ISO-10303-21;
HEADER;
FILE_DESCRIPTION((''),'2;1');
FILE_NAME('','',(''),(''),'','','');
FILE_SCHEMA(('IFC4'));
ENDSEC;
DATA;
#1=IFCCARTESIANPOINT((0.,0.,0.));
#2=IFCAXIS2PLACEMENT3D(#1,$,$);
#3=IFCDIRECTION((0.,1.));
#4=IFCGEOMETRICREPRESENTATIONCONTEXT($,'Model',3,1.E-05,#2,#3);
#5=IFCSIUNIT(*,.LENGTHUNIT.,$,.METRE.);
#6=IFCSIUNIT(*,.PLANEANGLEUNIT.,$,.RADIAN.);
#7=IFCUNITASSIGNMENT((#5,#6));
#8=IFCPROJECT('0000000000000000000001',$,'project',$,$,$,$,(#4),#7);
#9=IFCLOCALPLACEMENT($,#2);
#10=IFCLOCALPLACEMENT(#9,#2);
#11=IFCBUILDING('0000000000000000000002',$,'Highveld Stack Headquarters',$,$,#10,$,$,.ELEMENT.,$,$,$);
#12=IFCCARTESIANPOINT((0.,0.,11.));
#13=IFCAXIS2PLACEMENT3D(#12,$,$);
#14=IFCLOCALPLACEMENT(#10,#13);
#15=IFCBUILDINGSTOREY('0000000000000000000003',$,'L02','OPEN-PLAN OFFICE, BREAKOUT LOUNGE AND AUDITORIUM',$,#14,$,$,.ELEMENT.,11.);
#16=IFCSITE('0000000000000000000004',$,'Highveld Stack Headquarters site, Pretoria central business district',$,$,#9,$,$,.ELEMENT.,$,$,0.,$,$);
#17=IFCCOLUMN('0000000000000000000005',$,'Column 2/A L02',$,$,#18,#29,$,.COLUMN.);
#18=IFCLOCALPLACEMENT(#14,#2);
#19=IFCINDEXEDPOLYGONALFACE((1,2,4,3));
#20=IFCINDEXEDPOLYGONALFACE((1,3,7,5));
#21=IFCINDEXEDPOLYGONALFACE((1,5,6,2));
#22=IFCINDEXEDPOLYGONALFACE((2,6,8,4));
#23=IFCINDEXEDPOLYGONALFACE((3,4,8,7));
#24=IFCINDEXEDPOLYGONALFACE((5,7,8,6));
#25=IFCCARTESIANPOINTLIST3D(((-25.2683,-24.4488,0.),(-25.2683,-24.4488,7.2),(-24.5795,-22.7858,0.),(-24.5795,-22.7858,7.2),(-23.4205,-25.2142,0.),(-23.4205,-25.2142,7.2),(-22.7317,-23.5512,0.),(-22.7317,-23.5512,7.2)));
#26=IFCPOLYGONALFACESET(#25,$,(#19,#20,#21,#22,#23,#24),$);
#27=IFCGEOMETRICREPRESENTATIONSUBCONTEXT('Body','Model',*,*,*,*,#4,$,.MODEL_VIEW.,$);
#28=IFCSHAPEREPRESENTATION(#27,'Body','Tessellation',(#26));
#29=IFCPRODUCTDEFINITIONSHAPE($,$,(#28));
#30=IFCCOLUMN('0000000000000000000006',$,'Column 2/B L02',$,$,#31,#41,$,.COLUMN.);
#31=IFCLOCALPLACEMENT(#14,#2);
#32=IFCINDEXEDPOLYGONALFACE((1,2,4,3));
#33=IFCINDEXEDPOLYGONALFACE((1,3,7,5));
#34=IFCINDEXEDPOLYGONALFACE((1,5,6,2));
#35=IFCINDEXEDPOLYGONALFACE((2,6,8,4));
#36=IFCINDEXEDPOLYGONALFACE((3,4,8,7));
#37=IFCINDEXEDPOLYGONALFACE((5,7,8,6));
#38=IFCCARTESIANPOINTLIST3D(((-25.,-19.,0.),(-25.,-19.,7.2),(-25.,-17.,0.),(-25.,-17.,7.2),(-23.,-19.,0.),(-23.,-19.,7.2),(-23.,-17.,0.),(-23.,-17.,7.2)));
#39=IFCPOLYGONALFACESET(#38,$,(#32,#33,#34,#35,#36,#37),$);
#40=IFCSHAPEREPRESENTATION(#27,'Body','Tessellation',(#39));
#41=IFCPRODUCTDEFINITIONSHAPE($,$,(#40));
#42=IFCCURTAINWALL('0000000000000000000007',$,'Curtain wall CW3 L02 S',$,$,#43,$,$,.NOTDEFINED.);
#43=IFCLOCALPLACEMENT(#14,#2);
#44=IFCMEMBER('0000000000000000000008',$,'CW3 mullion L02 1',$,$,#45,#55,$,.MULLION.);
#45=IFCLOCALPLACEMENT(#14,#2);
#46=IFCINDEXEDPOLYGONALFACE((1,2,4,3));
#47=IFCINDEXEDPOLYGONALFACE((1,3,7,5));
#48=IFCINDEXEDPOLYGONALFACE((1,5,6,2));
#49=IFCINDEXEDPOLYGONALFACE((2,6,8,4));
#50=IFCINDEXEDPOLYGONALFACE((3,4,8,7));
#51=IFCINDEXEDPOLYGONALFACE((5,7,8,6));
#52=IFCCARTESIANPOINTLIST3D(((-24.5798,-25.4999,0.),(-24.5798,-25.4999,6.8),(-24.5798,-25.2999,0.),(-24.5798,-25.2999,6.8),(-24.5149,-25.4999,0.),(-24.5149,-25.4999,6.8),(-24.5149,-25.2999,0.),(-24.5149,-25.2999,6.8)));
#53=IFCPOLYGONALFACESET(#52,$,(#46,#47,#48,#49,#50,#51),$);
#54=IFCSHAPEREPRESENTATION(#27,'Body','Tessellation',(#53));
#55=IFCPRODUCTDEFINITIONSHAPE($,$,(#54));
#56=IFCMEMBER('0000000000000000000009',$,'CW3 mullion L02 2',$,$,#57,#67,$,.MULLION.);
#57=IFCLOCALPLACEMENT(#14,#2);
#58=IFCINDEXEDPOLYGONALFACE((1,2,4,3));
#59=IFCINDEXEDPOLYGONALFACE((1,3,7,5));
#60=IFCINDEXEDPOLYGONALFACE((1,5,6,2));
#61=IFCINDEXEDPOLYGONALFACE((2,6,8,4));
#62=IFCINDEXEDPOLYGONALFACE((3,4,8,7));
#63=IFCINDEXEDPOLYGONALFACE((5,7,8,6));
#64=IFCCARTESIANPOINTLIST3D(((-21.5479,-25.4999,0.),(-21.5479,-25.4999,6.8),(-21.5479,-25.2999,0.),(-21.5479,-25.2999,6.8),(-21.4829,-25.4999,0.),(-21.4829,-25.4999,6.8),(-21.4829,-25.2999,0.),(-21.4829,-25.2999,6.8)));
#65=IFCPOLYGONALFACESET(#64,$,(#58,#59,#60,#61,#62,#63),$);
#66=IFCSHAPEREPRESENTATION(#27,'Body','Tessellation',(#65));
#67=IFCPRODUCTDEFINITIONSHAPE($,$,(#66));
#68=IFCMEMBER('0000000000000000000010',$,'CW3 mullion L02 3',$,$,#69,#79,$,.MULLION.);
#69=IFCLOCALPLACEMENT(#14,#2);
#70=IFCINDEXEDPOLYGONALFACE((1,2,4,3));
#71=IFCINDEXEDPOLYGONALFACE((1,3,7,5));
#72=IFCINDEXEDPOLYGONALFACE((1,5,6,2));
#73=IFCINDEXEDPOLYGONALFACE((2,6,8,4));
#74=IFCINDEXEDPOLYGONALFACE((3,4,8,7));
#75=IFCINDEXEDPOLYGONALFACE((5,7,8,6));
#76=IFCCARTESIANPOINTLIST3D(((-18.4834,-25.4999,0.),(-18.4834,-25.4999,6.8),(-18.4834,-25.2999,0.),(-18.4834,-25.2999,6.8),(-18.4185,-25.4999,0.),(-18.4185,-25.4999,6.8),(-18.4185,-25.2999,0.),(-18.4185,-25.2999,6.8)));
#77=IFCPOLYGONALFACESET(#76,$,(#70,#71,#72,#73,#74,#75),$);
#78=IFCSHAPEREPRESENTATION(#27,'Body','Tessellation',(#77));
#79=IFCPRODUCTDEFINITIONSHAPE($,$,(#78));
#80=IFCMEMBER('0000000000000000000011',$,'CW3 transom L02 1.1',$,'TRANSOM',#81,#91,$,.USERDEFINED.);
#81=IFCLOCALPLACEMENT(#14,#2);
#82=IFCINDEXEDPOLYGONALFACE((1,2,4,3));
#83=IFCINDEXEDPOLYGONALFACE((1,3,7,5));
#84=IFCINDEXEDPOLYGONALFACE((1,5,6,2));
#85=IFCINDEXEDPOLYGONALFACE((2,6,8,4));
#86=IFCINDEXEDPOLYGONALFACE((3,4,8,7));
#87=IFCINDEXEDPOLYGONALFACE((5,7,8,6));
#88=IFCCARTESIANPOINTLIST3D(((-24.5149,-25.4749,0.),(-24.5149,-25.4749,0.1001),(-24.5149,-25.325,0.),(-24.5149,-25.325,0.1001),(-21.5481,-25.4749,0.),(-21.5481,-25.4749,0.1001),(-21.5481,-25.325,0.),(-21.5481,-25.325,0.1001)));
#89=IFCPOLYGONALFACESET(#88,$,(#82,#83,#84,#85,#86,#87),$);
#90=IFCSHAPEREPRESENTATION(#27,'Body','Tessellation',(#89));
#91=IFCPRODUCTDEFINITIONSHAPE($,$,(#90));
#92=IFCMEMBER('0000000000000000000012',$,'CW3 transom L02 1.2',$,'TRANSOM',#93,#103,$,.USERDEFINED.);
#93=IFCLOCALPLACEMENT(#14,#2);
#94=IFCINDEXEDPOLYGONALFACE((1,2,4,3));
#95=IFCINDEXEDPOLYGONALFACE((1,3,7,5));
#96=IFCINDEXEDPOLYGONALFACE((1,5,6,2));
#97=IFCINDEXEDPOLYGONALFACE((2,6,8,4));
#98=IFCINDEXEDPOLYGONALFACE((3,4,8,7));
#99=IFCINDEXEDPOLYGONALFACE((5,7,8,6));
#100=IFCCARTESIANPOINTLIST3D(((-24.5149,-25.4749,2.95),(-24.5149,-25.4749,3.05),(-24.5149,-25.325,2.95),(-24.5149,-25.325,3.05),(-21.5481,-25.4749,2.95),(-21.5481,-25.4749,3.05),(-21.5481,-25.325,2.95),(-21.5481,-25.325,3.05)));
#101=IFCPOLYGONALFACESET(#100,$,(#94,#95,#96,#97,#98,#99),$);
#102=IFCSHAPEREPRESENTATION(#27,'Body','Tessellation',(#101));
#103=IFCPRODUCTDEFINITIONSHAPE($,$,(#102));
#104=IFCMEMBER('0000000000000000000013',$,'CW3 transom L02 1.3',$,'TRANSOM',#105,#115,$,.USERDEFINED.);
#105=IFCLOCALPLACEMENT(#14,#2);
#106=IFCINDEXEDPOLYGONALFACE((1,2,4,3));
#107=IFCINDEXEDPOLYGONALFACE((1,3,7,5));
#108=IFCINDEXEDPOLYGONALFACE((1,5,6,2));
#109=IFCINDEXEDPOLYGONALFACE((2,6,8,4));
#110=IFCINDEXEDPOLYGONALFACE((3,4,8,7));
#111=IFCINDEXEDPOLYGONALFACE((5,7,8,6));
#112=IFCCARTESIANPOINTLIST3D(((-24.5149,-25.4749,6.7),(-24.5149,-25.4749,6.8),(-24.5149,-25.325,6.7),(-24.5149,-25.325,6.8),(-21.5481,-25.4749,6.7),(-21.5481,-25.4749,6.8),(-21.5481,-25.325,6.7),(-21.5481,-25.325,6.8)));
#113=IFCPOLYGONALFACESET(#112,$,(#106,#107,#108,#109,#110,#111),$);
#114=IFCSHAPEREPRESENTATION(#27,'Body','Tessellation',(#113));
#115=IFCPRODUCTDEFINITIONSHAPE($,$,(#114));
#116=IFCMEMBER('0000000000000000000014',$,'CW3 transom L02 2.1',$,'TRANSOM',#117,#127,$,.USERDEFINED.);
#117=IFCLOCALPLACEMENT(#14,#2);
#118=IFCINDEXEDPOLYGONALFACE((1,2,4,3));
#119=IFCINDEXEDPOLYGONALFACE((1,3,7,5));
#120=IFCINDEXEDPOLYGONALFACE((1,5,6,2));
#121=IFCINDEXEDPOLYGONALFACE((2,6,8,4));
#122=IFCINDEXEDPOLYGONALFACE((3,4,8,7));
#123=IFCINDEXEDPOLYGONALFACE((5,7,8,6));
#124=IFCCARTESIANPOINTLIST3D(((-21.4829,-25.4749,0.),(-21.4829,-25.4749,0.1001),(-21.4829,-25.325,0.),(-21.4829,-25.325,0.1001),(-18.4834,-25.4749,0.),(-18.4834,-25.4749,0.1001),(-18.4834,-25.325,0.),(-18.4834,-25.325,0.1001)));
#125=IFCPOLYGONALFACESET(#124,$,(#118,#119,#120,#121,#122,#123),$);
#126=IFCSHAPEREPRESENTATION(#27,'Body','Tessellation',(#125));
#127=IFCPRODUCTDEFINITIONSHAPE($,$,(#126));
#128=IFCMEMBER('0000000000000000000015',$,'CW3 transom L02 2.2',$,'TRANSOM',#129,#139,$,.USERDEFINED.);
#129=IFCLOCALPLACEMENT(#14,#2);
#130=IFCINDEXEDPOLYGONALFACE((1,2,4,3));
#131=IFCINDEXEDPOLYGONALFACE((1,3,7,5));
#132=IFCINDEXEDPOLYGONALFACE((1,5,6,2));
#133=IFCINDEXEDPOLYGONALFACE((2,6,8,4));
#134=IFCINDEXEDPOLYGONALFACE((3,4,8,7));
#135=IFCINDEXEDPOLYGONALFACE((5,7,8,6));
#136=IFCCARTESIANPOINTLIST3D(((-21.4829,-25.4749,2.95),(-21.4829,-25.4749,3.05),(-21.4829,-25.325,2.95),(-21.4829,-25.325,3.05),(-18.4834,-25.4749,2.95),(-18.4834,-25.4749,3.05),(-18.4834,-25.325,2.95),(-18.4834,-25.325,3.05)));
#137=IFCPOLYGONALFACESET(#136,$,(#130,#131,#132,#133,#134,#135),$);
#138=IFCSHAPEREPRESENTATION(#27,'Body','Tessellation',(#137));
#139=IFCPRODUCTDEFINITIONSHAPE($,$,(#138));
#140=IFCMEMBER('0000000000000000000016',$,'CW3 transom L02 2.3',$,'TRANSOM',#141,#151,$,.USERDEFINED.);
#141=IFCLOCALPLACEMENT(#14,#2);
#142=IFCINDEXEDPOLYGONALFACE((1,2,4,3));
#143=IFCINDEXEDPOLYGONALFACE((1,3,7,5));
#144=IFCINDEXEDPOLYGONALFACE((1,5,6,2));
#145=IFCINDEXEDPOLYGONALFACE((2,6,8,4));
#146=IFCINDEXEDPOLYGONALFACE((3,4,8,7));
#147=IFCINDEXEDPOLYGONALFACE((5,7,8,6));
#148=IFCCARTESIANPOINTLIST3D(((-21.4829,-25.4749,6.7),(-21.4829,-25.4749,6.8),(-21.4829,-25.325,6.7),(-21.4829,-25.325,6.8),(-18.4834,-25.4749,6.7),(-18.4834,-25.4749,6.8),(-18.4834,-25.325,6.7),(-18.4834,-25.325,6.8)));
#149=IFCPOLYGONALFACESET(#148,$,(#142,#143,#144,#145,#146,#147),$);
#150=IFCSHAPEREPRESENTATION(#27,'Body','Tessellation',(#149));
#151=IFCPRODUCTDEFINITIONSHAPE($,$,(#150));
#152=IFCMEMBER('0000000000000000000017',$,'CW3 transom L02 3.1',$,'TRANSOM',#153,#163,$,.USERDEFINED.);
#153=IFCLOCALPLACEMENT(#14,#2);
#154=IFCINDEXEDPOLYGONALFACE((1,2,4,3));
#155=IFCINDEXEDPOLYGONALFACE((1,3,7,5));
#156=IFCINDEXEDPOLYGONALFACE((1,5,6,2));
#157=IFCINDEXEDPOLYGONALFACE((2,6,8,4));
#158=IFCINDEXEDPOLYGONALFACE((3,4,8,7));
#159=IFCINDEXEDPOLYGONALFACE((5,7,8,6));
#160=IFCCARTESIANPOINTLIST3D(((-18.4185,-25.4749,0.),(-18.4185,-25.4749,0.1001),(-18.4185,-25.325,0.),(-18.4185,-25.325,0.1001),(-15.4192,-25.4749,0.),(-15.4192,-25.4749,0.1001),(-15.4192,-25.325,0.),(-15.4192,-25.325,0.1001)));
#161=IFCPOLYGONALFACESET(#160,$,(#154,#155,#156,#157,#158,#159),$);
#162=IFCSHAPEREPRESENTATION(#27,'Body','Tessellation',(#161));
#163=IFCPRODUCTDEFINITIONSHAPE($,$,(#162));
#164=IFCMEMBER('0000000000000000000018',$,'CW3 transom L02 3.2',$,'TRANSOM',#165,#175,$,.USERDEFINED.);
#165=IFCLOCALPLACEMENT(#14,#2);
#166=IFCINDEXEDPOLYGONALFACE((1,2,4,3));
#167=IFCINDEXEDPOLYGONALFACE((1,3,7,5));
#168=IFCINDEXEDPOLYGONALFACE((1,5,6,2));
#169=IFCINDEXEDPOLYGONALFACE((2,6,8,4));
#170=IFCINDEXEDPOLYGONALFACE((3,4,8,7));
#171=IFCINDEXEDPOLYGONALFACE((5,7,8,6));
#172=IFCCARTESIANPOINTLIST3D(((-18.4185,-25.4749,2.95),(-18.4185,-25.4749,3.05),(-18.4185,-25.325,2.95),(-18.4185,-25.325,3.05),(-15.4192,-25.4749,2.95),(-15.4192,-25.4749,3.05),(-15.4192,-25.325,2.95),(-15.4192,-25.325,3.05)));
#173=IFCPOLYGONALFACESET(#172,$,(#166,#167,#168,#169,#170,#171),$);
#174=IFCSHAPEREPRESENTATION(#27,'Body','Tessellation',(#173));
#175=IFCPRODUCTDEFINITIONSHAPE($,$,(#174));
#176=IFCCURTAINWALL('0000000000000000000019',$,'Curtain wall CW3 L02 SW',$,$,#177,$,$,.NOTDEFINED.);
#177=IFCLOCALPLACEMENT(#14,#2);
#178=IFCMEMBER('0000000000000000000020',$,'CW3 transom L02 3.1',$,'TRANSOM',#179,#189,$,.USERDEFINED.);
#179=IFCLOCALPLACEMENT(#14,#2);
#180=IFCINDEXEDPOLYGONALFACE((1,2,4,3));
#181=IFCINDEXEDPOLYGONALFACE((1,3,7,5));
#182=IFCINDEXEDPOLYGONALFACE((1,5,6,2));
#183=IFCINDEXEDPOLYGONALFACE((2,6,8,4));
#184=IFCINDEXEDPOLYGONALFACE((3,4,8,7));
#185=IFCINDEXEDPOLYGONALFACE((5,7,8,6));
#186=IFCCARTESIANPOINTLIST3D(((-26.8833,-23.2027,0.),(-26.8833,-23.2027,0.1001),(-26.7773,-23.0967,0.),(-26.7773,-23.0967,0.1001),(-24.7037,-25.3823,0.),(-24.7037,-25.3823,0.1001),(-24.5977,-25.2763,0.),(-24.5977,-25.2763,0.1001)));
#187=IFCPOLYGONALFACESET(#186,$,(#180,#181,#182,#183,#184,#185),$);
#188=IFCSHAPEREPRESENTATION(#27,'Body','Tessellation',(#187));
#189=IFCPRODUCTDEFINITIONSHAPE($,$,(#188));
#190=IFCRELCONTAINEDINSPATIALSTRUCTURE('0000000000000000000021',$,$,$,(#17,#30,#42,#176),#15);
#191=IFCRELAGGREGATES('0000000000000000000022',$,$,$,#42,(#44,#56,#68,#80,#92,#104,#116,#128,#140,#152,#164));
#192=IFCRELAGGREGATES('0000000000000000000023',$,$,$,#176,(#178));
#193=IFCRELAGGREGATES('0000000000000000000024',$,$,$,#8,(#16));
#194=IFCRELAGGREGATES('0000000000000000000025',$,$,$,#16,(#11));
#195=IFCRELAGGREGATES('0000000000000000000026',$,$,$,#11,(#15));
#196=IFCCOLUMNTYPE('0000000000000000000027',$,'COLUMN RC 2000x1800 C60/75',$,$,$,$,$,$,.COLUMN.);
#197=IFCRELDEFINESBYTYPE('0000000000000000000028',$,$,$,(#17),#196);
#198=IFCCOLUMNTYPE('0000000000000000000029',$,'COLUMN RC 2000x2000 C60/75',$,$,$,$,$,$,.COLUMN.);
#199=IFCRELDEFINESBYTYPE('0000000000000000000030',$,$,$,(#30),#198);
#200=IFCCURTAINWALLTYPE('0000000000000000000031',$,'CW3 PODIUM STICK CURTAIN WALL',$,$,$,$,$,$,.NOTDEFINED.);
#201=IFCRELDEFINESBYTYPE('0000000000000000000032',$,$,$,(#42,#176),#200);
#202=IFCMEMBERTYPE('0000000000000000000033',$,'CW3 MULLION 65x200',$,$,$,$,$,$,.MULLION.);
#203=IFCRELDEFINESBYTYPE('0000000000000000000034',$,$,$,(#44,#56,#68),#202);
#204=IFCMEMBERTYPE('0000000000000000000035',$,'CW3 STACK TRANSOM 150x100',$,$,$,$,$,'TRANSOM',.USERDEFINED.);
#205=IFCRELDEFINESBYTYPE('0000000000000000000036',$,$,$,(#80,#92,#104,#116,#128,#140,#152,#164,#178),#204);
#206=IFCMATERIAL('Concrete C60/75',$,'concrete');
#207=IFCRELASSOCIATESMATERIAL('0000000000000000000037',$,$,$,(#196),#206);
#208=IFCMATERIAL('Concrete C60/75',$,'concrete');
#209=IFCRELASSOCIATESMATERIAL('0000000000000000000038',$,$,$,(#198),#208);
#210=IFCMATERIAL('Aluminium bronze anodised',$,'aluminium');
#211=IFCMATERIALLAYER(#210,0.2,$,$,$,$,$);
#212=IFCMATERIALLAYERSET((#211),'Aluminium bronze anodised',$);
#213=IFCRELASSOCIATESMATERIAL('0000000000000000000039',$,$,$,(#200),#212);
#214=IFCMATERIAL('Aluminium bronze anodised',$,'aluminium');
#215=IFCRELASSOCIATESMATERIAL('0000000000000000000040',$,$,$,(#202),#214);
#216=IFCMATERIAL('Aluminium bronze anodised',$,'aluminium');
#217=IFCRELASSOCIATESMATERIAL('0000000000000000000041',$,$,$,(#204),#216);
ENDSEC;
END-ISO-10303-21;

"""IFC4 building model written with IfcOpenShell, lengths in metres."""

from ifc_helpers import new_model, si_unit, direction, frame, origin, origin_2d, place, context, subcontext, project, spatial, rectangle, extrude, material, layer, layer_set, material_profile, profile_set, type_object, element, aggregate, save


model = new_model("IFC4")

# Units and contexts
model_context = context("Model", 3, precision=1e-05, world=origin(), true_north=direction((0.0, 1.0)))
body_context = subcontext(model_context, "Body", "Model", "MODEL_VIEW")
ifc_project = project(units=[si_unit("LENGTHUNIT", "METRE"), si_unit("PLANEANGLEUNIT", "RADIAN")], contexts=[model_context])

# Site, building, storey
site_placement = place(None, origin())
site = spatial("IfcSite", under=ifc_project, at=site_placement, Name="Highveld Stack Headquarters site, Pretoria central business district", CompositionType="ELEMENT", RefElevation=0.0)
building_placement = place(site_placement, origin())
building = spatial("IfcBuilding", under=site, at=building_placement, Name="Highveld Stack Headquarters", CompositionType="ELEMENT")
storey_placement = place(building_placement, frame((0.0, 0.0, 11.0)))
storey = spatial("IfcBuildingStorey", under=building, at=storey_placement, Name="L02", Description="OPEN-PLAN OFFICE, BREAKOUT LOUNGE AND AUDITORIUM", CompositionType="ELEMENT", Elevation=11.0)

# Columns
ifc_material_1 = material(Name="Concrete C60/75", Category="concrete")
ifc_material_profile_1 = material_profile(ifc_material_1, rectangle(XDim=2.0, YDim=1.8, at=origin_2d()), Name="RC 2000x1800")
ifc_profile_set_1 = profile_set([ifc_material_profile_1], Name="Concrete C60/75")
column_type_1 = type_object("IfcColumnType", Name="COLUMN RC 2000x1800 C60/75", PredefinedType="COLUMN", material=ifc_profile_set_1)
column_1_placement = place(storey_placement, frame((-24.0, -24.0, 0.0), z_axis=(0.0, 0.0, 1.0), x_axis=(-0.92388, 0.382683, 0.0)))
element("IfcColumn", 1, at=column_1_placement, inside=storey, type_object=column_type_1, Name="Column 2/A L02", PredefinedType="COLUMN", context=body_context, shape_type="SweptSolid", body=[
    extrude(rectangle(XDim=2.0, YDim=1.8, at=origin_2d()), origin(), (0.0, 0.0, 1.0), 7.2),
])
ifc_material_2 = material(Name="Concrete C60/75", Category="concrete")
ifc_material_profile_2 = material_profile(ifc_material_2, rectangle(XDim=2.0, YDim=2.0, at=origin_2d()), Name="RC 2000x2000")
ifc_profile_set_2 = profile_set([ifc_material_profile_2], Name="Concrete C60/75")
column_type_2 = type_object("IfcColumnType", Name="COLUMN RC 2000x2000 C60/75", PredefinedType="COLUMN", material=ifc_profile_set_2)
column_2_placement = place(storey_placement, frame((-24.0, -18.0, 0.0), z_axis=(0.0, 0.0, 1.0), x_axis=(1.0, 0.0, 0.0)))
element("IfcColumn", 2, at=column_2_placement, inside=storey, type_object=column_type_2, Name="Column 2/B L02", PredefinedType="COLUMN", context=body_context, shape_type="SweptSolid", body=[
    extrude(rectangle(XDim=2.0, YDim=2.0, at=origin_2d()), origin(), (0.0, 0.0, 1.0), 7.2),
])

# Curtain walls, members
ifc_material_3 = material(Name="Aluminium bronze anodised", Category="aluminium")
ifc_layer_1 = layer(ifc_material_3, 0.2)
ifc_layer_set_1 = layer_set([ifc_layer_1], Name="Aluminium bronze anodised")
curtain_wall_type = type_object("IfcCurtainWallType", Name="CW3 PODIUM STICK CURTAIN WALL", PredefinedType="NOTDEFINED", material=ifc_layer_set_1)
curtain_wall_1_placement = place(storey_placement, origin())
curtain_wall_1 = element("IfcCurtainWall", 3, at=curtain_wall_1_placement, inside=storey, type_object=curtain_wall_type, Name="Curtain wall CW3 L02 S", PredefinedType="NOTDEFINED")
ifc_material_4 = material(Name="Aluminium bronze anodised", Category="aluminium")
ifc_material_profile_3 = material_profile(ifc_material_4, rectangle(XDim=0.2, YDim=0.0649, at=origin_2d()), Name="CW3 MULLION 65x200")
ifc_profile_set_3 = profile_set([ifc_material_profile_3], Name="Aluminium bronze anodised")
member_type_1 = type_object("IfcMemberType", Name="CW3 MULLION 65x200", PredefinedType="MULLION", material=ifc_profile_set_3)
member_1_placement = place(storey_placement, frame((-24.5474, -25.3999, 0.0), z_axis=(0.0, 0.0, 1.0), x_axis=(0.0, 1.0, 0.0)))
member_1 = element("IfcMember", 4, at=member_1_placement, type_object=member_type_1, Name="CW3 mullion L02 1", PredefinedType="MULLION", context=body_context, shape_type="SweptSolid", body=[
    extrude(rectangle(XDim=0.2, YDim=0.0649, at=origin_2d()), origin(), (0.0, 0.0, 1.0), 6.8),
])
member_2_placement = place(storey_placement, frame((-21.5154, -25.3999, 0.0), z_axis=(0.0, 0.0, 1.0), x_axis=(0.0, 1.0, 0.0)))
member_2 = element("IfcMember", 5, at=member_2_placement, type_object=member_type_1, Name="CW3 mullion L02 2", PredefinedType="MULLION", context=body_context, shape_type="SweptSolid", body=[
    extrude(rectangle(XDim=0.2, YDim=0.0649, at=origin_2d()), origin(), (0.0, 0.0, 1.0), 6.8),
])
member_3_placement = place(storey_placement, frame((-18.4509, -25.3999, 0.0), z_axis=(0.0, 0.0, 1.0), x_axis=(0.0, 1.0, 0.0)))
member_3 = element("IfcMember", 6, at=member_3_placement, type_object=member_type_1, Name="CW3 mullion L02 3", PredefinedType="MULLION", context=body_context, shape_type="SweptSolid", body=[
    extrude(rectangle(XDim=0.2, YDim=0.0649, at=origin_2d()), origin(), (0.0, 0.0, 1.0), 6.8),
])
ifc_material_5 = material(Name="Aluminium bronze anodised", Category="aluminium")
ifc_material_profile_4 = material_profile(ifc_material_5, rectangle(XDim=0.1499, YDim=0.1001, at=origin_2d()), Name="CW3 TRANSOM 150x100")
ifc_profile_set_4 = profile_set([ifc_material_profile_4], Name="Aluminium bronze anodised")
member_type_2 = type_object("IfcMemberType", Name="CW3 STACK TRANSOM 150x100", ElementType="TRANSOM", PredefinedType="USERDEFINED", material=ifc_profile_set_4)
member_4_placement = place(storey_placement, frame((-24.5149, -25.3999, 0.05), z_axis=(1.0, 0.0, 0.0), x_axis=(0.0, 1.0, 0.0)))
member_4 = element("IfcMember", 7, at=member_4_placement, type_object=member_type_2, Name="CW3 transom L02 1.1", ObjectType="TRANSOM", PredefinedType="USERDEFINED", context=body_context, shape_type="SweptSolid", body=[
    extrude(rectangle(XDim=0.1499, YDim=0.1001, at=origin_2d()), origin(), (0.0, 0.0, 1.0), 2.9668),
])
member_5_placement = place(storey_placement, frame((-24.5149, -25.3999, 3.0), z_axis=(1.0, 0.0, 0.0), x_axis=(0.0, 1.0, 0.0)))
member_5 = element("IfcMember", 8, at=member_5_placement, type_object=member_type_2, Name="CW3 transom L02 1.2", ObjectType="TRANSOM", PredefinedType="USERDEFINED", context=body_context, shape_type="SweptSolid", body=[
    extrude(rectangle(XDim=0.1499, YDim=0.1001, at=origin_2d()), origin(), (0.0, 0.0, 1.0), 2.9668),
])
member_6_placement = place(storey_placement, frame((-24.5149, -25.3999, 6.75), z_axis=(1.0, 0.0, 0.0), x_axis=(0.0, 1.0, 0.0)))
member_6 = element("IfcMember", 9, at=member_6_placement, type_object=member_type_2, Name="CW3 transom L02 1.3", ObjectType="TRANSOM", PredefinedType="USERDEFINED", context=body_context, shape_type="SweptSolid", body=[
    extrude(rectangle(XDim=0.1499, YDim=0.1001, at=origin_2d()), origin(), (0.0, 0.0, 1.0), 2.9668),
])
member_7_placement = place(storey_placement, frame((-21.4829, -25.3999, 0.05), z_axis=(1.0, 0.0, 0.0), x_axis=(0.0, 1.0, 0.0)))
member_7 = element("IfcMember", 10, at=member_7_placement, type_object=member_type_2, Name="CW3 transom L02 2.1", ObjectType="TRANSOM", PredefinedType="USERDEFINED", context=body_context, shape_type="SweptSolid", body=[
    extrude(rectangle(XDim=0.1499, YDim=0.1001, at=origin_2d()), origin(), (0.0, 0.0, 1.0), 2.9995),
])
member_8_placement = place(storey_placement, frame((-21.4829, -25.3999, 3.0), z_axis=(1.0, 0.0, 0.0), x_axis=(0.0, 1.0, 0.0)))
member_8 = element("IfcMember", 11, at=member_8_placement, type_object=member_type_2, Name="CW3 transom L02 2.2", ObjectType="TRANSOM", PredefinedType="USERDEFINED", context=body_context, shape_type="SweptSolid", body=[
    extrude(rectangle(XDim=0.1499, YDim=0.1001, at=origin_2d()), origin(), (0.0, 0.0, 1.0), 2.9995),
])
member_9_placement = place(storey_placement, frame((-21.4829, -25.3999, 6.75), z_axis=(1.0, 0.0, 0.0), x_axis=(0.0, 1.0, 0.0)))
member_9 = element("IfcMember", 12, at=member_9_placement, type_object=member_type_2, Name="CW3 transom L02 2.3", ObjectType="TRANSOM", PredefinedType="USERDEFINED", context=body_context, shape_type="SweptSolid", body=[
    extrude(rectangle(XDim=0.1499, YDim=0.1001, at=origin_2d()), origin(), (0.0, 0.0, 1.0), 2.9995),
])
member_10_placement = place(storey_placement, frame((-18.4185, -25.3999, 0.05), z_axis=(1.0, 0.0, 0.0), x_axis=(0.0, 1.0, 0.0)))
member_10 = element("IfcMember", 13, at=member_10_placement, type_object=member_type_2, Name="CW3 transom L02 3.1", ObjectType="TRANSOM", PredefinedType="USERDEFINED", context=body_context, shape_type="SweptSolid", body=[
    extrude(rectangle(XDim=0.1499, YDim=0.1001, at=origin_2d()), origin(), (0.0, 0.0, 1.0), 2.9993),
])
member_11_placement = place(storey_placement, frame((-18.4185, -25.3999, 3.0), z_axis=(1.0, 0.0, 0.0), x_axis=(0.0, 1.0, 0.0)))
member_11 = element("IfcMember", 14, at=member_11_placement, type_object=member_type_2, Name="CW3 transom L02 3.2", ObjectType="TRANSOM", PredefinedType="USERDEFINED", context=body_context, shape_type="SweptSolid", body=[
    extrude(rectangle(XDim=0.1499, YDim=0.1001, at=origin_2d()), origin(), (0.0, 0.0, 1.0), 2.9993),
])
curtain_wall_2_placement = place(storey_placement, origin())
curtain_wall_2 = element("IfcCurtainWall", 15, at=curtain_wall_2_placement, inside=storey, type_object=curtain_wall_type, Name="Curtain wall CW3 L02 SW", PredefinedType="NOTDEFINED")
member_12_placement = place(storey_placement, frame((-26.8303, -23.1497, 0.05), z_axis=(0.707107, -0.707107, 0.0), x_axis=(0.707107, 0.707107, 0.0)))
member_12 = element("IfcMember", 16, at=member_12_placement, type_object=member_type_2, Name="CW3 transom L02 3.1", ObjectType="TRANSOM", PredefinedType="USERDEFINED", context=body_context, shape_type="SweptSolid", body=[
    extrude(rectangle(XDim=0.1499, YDim=0.1001, at=origin_2d()), origin(), (0.0, 0.0, 1.0), 3.0825),
])

aggregate(curtain_wall_1, [member_1, member_2, member_3, member_4, member_5, member_6, member_7, member_8, member_9, member_10, member_11])
aggregate(curtain_wall_2, [member_12])

save(model, "model.ifc")
